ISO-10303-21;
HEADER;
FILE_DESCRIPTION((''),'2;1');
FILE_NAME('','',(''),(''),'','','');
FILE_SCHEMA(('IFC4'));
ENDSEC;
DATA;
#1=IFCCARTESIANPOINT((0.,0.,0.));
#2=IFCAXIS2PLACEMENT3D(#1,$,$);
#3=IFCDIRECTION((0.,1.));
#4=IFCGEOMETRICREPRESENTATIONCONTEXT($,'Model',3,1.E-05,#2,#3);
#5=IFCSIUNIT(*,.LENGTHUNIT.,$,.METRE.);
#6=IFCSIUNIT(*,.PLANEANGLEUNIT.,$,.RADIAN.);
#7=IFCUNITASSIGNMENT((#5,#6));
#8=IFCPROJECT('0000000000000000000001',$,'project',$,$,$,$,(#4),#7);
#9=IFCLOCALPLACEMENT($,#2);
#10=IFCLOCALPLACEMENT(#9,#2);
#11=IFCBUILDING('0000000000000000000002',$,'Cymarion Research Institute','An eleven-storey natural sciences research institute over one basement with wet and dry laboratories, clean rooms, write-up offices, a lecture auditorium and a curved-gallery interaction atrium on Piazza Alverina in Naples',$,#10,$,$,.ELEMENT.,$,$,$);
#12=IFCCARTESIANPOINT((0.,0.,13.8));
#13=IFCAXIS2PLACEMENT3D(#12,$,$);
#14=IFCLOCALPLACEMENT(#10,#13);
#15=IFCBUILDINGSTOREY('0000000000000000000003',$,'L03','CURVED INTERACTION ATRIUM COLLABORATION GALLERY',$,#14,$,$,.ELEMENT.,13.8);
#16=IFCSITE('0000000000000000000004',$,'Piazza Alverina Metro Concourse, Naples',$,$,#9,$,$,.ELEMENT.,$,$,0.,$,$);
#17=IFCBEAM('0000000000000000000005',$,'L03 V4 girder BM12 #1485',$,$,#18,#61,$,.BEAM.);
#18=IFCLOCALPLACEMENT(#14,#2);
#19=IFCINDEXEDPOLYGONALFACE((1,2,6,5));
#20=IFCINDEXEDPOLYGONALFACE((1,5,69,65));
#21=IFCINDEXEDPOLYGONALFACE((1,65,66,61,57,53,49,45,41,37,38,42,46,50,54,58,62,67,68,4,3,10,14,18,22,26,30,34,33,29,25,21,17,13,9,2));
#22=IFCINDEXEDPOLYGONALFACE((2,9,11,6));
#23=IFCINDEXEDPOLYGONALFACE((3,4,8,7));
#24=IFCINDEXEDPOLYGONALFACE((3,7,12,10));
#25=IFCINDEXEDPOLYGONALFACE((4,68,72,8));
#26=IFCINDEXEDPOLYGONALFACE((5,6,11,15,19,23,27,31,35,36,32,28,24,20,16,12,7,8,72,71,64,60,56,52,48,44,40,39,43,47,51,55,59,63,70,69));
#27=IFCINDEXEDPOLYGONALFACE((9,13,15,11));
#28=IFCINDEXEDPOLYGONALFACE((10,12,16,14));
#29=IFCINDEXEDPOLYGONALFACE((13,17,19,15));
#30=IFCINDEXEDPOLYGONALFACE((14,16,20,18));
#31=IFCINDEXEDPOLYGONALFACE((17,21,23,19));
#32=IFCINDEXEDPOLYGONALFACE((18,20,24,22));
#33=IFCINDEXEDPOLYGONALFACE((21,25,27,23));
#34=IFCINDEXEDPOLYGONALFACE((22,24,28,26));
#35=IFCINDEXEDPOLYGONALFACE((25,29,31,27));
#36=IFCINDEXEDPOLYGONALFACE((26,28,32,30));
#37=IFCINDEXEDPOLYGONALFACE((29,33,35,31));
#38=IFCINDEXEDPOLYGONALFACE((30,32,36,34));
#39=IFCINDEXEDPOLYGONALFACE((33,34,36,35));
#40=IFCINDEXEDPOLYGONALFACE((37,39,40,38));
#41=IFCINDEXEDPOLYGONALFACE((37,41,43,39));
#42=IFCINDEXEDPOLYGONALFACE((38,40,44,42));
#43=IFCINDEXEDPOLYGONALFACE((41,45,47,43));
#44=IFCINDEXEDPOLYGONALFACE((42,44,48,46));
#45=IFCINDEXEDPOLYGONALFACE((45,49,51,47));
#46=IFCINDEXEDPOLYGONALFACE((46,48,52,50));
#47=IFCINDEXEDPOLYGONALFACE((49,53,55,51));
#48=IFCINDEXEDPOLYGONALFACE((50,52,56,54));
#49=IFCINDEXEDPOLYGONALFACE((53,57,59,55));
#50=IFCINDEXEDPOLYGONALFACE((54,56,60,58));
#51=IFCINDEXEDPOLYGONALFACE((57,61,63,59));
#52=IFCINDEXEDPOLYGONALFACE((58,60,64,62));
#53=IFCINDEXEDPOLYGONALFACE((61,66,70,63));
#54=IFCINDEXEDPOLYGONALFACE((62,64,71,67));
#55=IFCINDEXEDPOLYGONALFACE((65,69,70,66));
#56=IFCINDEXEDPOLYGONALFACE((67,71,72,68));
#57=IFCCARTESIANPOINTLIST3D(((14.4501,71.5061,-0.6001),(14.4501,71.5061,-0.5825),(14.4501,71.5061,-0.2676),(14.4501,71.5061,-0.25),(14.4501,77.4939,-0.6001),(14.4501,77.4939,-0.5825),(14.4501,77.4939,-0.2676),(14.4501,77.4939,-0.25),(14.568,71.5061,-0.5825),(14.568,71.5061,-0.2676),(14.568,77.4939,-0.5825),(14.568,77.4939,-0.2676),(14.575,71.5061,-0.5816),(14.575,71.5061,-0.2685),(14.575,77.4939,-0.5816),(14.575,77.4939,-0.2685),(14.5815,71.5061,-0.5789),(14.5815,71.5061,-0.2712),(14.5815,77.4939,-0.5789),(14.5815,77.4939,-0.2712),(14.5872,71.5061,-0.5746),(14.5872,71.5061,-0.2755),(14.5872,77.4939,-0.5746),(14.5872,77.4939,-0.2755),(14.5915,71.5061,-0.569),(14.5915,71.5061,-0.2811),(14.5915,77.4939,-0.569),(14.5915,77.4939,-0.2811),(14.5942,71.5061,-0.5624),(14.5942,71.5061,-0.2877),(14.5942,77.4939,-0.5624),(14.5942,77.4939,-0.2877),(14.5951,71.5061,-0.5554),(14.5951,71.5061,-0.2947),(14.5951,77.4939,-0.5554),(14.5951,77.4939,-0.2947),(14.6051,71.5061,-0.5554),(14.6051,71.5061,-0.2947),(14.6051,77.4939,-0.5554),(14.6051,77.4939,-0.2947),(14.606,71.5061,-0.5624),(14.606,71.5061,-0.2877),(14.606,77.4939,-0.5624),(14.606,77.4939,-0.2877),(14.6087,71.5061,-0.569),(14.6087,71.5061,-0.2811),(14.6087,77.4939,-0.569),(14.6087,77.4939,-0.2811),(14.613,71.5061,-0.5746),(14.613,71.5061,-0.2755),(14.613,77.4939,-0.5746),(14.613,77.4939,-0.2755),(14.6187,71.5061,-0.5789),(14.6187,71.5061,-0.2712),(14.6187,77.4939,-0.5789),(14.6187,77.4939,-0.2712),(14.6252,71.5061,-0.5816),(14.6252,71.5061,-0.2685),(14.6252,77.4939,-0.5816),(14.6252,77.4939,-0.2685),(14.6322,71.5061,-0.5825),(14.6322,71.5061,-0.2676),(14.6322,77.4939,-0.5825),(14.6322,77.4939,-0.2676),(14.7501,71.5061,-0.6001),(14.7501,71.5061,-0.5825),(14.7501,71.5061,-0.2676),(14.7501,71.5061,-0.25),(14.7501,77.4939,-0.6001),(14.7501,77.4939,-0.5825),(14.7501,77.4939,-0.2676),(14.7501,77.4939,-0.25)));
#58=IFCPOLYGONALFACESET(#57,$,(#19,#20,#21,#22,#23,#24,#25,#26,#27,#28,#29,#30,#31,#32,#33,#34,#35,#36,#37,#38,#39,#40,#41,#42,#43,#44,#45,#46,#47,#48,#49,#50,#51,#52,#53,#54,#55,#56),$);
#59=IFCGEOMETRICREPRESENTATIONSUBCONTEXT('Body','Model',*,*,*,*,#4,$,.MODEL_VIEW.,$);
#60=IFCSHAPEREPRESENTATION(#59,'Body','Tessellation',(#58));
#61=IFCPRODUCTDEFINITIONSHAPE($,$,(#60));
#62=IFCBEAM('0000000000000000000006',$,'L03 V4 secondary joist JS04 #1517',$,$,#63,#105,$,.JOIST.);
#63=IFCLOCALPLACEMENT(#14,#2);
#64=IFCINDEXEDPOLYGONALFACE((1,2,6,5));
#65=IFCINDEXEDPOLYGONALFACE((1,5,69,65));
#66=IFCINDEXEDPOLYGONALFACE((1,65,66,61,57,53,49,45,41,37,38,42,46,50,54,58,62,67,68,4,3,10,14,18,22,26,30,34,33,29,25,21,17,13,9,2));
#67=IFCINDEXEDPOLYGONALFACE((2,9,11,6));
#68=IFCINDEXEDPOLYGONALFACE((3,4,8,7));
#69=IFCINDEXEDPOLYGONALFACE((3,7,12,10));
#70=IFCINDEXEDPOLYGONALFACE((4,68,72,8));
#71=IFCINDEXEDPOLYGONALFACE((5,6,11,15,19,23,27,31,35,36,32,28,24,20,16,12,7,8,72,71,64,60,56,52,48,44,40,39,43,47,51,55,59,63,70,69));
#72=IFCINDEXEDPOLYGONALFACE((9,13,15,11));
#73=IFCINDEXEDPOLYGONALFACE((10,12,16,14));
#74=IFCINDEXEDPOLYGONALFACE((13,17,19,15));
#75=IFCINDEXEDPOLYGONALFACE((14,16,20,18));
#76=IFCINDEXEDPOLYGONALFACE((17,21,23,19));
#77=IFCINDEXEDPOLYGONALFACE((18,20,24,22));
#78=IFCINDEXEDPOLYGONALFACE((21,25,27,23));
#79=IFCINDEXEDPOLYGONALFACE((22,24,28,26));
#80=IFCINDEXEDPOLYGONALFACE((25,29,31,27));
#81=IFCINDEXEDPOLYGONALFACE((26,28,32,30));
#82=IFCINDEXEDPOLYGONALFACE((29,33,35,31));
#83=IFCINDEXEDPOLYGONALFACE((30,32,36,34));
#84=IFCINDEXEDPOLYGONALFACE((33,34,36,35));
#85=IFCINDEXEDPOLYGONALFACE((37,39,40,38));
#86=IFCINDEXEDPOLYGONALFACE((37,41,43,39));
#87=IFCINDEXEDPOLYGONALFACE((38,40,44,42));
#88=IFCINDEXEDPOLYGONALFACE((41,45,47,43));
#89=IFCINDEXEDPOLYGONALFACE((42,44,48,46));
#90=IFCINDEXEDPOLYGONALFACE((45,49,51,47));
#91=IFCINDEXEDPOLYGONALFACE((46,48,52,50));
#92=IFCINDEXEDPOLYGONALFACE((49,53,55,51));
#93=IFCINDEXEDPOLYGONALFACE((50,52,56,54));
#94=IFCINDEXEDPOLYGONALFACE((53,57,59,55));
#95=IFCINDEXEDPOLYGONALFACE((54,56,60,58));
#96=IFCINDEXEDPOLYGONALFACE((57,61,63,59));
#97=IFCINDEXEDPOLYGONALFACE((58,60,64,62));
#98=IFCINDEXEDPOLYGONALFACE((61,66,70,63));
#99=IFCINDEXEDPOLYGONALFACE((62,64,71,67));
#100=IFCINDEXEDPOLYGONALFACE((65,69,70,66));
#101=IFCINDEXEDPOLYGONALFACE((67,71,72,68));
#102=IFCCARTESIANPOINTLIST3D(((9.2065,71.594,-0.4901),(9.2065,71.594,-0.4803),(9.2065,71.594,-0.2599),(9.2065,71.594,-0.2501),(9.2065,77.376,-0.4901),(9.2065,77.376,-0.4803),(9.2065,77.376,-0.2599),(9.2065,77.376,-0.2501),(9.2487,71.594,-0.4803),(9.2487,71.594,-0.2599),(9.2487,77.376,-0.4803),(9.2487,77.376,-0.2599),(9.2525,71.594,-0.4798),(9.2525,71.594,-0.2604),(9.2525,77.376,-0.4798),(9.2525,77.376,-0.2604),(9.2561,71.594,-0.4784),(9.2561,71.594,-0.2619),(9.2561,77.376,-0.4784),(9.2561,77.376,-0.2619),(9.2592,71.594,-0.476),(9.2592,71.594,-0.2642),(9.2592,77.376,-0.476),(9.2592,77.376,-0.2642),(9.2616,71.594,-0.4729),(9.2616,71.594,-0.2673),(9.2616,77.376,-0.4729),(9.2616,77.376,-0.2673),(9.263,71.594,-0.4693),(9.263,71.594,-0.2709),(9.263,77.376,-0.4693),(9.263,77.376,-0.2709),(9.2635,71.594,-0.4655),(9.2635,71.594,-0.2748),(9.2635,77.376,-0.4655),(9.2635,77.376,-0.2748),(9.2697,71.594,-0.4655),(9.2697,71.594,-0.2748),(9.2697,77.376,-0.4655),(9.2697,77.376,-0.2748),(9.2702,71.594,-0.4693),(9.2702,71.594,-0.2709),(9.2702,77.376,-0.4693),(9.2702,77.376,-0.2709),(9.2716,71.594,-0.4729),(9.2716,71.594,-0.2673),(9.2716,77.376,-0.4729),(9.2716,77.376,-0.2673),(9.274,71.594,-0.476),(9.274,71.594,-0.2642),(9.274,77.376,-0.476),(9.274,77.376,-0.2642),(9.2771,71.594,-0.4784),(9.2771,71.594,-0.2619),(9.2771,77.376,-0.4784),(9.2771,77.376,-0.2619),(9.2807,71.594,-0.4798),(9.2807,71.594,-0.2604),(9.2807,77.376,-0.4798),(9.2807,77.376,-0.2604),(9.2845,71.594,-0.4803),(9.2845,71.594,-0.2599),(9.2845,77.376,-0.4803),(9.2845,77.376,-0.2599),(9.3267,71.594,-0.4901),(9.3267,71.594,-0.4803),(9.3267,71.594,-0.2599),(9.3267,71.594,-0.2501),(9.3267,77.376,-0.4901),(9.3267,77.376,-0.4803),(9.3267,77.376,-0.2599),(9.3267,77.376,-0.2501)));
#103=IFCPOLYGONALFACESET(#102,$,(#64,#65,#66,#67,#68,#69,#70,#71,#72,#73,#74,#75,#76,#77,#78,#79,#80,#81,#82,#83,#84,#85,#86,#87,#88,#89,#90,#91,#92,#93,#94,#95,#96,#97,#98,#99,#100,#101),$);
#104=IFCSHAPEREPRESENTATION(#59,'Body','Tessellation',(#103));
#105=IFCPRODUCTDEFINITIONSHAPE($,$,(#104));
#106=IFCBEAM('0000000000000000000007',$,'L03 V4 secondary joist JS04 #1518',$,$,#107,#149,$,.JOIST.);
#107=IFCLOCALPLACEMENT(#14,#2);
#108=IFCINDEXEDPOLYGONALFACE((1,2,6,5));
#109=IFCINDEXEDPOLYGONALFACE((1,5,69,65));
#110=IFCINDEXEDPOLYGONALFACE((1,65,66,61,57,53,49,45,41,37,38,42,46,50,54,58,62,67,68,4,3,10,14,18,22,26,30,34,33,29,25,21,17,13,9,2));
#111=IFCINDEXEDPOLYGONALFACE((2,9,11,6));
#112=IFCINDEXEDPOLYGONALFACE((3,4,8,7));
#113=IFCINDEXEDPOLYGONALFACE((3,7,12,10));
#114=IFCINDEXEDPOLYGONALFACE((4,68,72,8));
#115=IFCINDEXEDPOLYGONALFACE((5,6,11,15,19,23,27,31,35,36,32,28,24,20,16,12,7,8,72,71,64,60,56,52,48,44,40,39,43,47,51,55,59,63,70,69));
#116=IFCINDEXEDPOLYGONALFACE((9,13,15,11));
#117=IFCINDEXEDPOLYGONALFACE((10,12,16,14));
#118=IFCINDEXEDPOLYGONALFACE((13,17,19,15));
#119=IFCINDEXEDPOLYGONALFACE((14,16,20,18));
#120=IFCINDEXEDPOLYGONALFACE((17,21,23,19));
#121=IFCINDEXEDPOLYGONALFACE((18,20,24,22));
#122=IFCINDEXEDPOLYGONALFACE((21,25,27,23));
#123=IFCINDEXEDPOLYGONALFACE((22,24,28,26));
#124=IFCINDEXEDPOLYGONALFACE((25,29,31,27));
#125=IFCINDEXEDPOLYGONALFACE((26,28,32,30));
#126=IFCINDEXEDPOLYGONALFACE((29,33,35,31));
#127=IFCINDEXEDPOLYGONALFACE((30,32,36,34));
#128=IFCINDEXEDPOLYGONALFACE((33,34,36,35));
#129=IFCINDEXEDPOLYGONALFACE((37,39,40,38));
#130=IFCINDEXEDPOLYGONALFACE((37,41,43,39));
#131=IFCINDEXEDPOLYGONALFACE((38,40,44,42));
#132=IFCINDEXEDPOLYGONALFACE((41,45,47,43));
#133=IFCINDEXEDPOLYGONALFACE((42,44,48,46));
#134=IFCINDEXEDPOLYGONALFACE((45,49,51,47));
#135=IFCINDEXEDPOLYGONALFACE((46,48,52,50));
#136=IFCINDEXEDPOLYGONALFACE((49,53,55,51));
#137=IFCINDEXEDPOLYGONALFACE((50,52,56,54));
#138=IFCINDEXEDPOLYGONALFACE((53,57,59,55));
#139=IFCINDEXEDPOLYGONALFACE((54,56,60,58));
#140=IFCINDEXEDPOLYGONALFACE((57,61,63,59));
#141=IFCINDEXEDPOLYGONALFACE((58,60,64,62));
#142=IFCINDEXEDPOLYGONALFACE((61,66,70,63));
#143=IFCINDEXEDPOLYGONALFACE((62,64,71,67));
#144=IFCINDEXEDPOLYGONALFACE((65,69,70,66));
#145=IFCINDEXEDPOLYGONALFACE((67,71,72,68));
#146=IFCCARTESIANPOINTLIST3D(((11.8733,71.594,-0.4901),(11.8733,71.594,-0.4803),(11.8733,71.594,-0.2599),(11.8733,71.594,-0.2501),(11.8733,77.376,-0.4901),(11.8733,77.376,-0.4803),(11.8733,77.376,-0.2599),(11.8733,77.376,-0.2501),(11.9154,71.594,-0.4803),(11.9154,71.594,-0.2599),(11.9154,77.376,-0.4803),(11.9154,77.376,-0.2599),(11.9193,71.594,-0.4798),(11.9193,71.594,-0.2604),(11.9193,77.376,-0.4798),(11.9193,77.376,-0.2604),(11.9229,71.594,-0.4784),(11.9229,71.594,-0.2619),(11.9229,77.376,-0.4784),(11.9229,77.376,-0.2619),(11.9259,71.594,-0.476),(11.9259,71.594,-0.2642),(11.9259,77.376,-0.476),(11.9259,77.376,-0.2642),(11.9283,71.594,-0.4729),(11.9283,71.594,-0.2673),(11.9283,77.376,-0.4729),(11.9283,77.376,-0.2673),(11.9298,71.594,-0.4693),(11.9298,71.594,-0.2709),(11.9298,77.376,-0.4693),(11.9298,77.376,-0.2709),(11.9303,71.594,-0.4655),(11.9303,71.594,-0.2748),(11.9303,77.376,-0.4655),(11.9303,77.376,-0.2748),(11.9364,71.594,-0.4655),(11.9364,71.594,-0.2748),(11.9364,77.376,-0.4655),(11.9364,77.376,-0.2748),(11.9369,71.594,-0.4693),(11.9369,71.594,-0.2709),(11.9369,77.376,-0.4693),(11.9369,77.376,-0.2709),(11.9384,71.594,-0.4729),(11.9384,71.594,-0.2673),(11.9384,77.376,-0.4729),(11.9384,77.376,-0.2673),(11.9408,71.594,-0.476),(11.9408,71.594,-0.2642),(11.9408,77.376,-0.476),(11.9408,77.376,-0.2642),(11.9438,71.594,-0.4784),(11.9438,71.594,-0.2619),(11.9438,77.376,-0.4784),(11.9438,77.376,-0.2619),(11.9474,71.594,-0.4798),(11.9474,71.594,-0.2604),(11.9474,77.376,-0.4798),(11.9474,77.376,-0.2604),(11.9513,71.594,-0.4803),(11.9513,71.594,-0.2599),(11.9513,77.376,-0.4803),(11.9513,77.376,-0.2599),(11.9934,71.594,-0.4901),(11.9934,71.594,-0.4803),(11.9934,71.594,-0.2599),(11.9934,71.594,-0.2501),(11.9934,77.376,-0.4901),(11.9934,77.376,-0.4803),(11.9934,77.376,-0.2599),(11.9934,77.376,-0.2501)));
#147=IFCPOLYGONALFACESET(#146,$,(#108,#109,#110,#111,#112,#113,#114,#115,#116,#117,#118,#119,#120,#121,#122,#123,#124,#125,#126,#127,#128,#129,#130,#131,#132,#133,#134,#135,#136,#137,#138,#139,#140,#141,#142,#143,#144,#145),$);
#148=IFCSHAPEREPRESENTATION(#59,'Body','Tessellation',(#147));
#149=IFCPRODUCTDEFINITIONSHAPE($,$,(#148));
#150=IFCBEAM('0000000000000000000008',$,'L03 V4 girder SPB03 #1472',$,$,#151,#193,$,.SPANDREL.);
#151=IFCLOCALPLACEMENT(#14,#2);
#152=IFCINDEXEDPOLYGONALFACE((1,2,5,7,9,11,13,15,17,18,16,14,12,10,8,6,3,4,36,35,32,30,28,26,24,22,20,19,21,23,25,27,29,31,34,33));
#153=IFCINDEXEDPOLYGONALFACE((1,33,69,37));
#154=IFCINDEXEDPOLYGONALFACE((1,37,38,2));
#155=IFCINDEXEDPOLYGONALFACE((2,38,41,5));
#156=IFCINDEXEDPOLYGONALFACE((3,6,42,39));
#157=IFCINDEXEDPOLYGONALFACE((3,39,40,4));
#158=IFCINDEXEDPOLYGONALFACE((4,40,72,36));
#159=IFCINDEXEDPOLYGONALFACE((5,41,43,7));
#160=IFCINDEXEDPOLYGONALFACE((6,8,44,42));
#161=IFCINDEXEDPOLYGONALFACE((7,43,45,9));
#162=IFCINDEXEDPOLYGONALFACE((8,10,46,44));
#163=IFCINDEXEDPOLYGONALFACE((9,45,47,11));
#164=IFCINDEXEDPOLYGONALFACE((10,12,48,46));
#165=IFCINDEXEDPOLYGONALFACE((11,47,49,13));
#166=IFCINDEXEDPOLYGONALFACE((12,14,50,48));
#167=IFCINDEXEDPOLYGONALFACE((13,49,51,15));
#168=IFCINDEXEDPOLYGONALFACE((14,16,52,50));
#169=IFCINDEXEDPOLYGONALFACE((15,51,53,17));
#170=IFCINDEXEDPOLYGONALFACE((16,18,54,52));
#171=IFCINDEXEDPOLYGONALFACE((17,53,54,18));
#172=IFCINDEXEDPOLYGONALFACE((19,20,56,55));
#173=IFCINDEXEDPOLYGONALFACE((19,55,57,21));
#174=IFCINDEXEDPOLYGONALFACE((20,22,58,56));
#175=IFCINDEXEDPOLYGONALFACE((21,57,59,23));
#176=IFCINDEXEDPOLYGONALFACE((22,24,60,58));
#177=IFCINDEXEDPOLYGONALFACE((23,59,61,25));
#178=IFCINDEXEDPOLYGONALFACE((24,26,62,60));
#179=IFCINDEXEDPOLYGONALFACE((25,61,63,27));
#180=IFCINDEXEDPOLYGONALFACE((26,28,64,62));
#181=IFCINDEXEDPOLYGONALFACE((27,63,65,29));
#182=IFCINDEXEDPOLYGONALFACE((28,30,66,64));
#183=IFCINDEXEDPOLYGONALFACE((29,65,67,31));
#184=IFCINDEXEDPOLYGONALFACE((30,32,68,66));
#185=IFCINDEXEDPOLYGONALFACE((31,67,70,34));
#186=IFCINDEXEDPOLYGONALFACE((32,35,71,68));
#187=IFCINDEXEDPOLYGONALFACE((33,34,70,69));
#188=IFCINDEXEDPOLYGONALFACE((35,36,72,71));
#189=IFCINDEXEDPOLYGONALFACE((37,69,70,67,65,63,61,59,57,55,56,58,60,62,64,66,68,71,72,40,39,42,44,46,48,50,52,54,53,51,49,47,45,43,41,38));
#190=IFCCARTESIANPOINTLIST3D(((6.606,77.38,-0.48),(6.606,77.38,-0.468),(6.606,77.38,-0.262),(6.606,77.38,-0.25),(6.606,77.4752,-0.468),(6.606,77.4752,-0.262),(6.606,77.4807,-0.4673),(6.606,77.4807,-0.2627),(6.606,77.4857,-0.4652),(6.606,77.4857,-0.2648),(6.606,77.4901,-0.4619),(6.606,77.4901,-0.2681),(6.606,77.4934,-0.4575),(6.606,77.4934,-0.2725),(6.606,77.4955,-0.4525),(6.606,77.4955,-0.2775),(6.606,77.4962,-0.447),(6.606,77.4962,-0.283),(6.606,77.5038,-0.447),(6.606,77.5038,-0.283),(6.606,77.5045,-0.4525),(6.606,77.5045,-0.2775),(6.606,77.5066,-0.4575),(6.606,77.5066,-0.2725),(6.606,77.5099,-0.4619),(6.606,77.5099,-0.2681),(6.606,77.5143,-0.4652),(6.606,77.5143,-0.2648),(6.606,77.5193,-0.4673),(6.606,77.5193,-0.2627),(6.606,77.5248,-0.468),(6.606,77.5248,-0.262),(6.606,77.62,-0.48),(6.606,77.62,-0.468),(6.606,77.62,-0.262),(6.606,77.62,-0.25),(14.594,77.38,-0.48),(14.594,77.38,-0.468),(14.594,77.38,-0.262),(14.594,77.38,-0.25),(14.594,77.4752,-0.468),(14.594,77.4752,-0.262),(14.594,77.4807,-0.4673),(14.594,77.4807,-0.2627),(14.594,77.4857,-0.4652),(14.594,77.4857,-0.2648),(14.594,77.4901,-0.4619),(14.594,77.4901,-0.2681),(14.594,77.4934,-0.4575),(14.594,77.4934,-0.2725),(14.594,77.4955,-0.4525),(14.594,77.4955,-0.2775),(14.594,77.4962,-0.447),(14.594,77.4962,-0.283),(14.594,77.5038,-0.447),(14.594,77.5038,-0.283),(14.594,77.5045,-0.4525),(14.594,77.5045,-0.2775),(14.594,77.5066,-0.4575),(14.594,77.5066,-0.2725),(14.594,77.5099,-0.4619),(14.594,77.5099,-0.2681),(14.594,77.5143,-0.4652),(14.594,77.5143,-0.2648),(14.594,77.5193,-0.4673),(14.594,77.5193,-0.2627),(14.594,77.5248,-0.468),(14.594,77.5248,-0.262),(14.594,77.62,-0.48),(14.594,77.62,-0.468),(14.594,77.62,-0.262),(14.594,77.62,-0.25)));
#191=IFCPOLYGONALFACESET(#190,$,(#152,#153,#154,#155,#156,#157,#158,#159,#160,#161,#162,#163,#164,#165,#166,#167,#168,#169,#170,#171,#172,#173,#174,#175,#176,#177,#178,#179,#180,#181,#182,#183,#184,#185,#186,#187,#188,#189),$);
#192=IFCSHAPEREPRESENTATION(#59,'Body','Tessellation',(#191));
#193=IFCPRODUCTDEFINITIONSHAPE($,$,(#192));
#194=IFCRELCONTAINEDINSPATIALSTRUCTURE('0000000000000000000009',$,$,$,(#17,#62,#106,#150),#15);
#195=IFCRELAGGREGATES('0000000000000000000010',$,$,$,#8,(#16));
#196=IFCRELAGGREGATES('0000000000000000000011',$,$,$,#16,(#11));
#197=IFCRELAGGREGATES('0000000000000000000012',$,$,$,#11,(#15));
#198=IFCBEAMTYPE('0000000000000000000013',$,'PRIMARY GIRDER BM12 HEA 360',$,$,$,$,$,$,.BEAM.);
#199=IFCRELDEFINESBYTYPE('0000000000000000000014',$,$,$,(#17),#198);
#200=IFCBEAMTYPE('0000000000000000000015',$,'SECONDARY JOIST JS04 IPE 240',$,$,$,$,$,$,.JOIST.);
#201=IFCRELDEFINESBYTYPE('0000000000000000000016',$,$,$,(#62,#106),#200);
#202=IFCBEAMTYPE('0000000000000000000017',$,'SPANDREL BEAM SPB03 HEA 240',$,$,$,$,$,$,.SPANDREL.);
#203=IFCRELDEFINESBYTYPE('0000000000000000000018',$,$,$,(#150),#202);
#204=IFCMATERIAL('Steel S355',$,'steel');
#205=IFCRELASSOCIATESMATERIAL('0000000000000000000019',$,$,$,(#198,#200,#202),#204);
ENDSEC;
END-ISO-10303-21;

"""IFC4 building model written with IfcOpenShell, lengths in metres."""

from ifc_helpers import new_model, si_unit, direction, frame, origin, origin_2d, place, context, subcontext, project, spatial, i_section, extrude, material, material_profile, profile_set, type_object, element, save


model = new_model("IFC4")

# Units and contexts
model_context = context("Model", 3, precision=1e-05, world=origin(), true_north=direction((0.0, 1.0)))
body_context = subcontext(model_context, "Body", "Model", "MODEL_VIEW")
ifc_project = project(units=[si_unit("LENGTHUNIT", "METRE"), si_unit("PLANEANGLEUNIT", "RADIAN")], contexts=[model_context])

# Site, building, storey
site_placement = place(None, origin())
site = spatial("IfcSite", under=ifc_project, at=site_placement, Name="Piazza Alverina Metro Concourse, Naples", CompositionType="ELEMENT", RefElevation=0.0)
building_placement = place(site_placement, origin())
building = spatial("IfcBuilding", under=site, at=building_placement, Name="Cymarion Research Institute", Description="An eleven-storey natural sciences research institute over one basement with wet and dry laboratories, clean rooms, write-up offices, a lecture auditorium and a curved-gallery interaction atrium on Piazza Alverina in Naples", CompositionType="ELEMENT")
storey_placement = place(building_placement, frame((0.0, 0.0, 13.8)))
storey = spatial("IfcBuildingStorey", under=building, at=storey_placement, Name="L03", Description="CURVED INTERACTION ATRIUM COLLABORATION GALLERY", CompositionType="ELEMENT", Elevation=13.8)

# Shared definitions
ifc_material_1 = material(Name="Steel S355", Category="steel")

# Beams
ifc_material_profile_1 = material_profile(ifc_material_1, i_section(OverallWidth=0.3, OverallDepth=0.3501, WebThickness=0.01, FlangeThickness=0.0176, FilletRadius=0.0271, at=origin_2d()), Name="HEA 360")
ifc_profile_set_1 = profile_set([ifc_material_profile_1], Name="Steel S355")
beam_type_1 = type_object("IfcBeamType", Name="PRIMARY GIRDER BM12 HEA 360", PredefinedType="BEAM", material=ifc_profile_set_1)
beam_1_placement = place(storey_placement, frame((14.6001, 71.5061, -0.425), z_axis=(0.0, 1.0, 0.0), x_axis=(-1.0, 0.0, 0.0)))
element("IfcBeam", 1, at=beam_1_placement, inside=storey, type_object=beam_type_1, Name="L03 V4 girder BM12 #1485", PredefinedType="BEAM", context=body_context, shape_type="SweptSolid", body=[
    extrude(i_section(OverallWidth=0.3, OverallDepth=0.3501, WebThickness=0.01, FlangeThickness=0.0176, FilletRadius=0.0271, at=origin_2d()), origin(), (0.0, 0.0, 1.0), 5.9878),
])
ifc_material_profile_2 = material_profile(ifc_material_1, i_section(OverallWidth=0.1201, OverallDepth=0.24, WebThickness=0.0061, FlangeThickness=0.0098, FilletRadius=0.0149, at=origin_2d()), Name="IPE 240")
ifc_profile_set_2 = profile_set([ifc_material_profile_2], Name="Steel S355")
beam_type_2 = type_object("IfcBeamType", Name="SECONDARY JOIST JS04 IPE 240", PredefinedType="JOIST", material=ifc_profile_set_2)
for number, where, z_axis, x_axis, name in (
    (2, (9.2666, 71.594, -0.3701), (0.0, 1.0, 0.0), (-1.0, 0.0, 0.0), "L03 V4 secondary joist JS04 #1517"),
    (3, (11.9333, 71.594, -0.3701), (0.0, 1.0, 0.0), (-1.0, 0.0, 0.0), "L03 V4 secondary joist JS04 #1518"),
):
    element("IfcBeam", number, at=place(storey_placement, frame(where, z_axis=z_axis, x_axis=x_axis)), inside=storey, type_object=beam_type_2, Name=name, PredefinedType="JOIST", context=body_context, shape_type="SweptSolid", body=[
        extrude(i_section(OverallWidth=0.1201, OverallDepth=0.24, WebThickness=0.0061, FlangeThickness=0.0098, FilletRadius=0.0149, at=origin_2d()), origin(), (0.0, 0.0, 1.0), 5.782),
    ])
ifc_material_profile_3 = material_profile(ifc_material_1, i_section(OverallWidth=0.24, OverallDepth=0.23, WebThickness=0.0076, FlangeThickness=0.012, FilletRadius=0.021, at=origin_2d()), Name="HEA 240")
ifc_profile_set_3 = profile_set([ifc_material_profile_3], Name="Steel S355")
beam_type_3 = type_object("IfcBeamType", Name="SPANDREL BEAM SPB03 HEA 240", PredefinedType="SPANDREL", material=ifc_profile_set_3)
beam_2_placement = place(storey_placement, frame((6.606, 77.5, -0.365), z_axis=(1.0, 0.0, 0.0), x_axis=(0.0, 1.0, 0.0)))
element("IfcBeam", 4, at=beam_2_placement, inside=storey, type_object=beam_type_3, Name="L03 V4 girder SPB03 #1472", PredefinedType="SPANDREL", context=body_context, shape_type="SweptSolid", body=[
    extrude(i_section(OverallWidth=0.24, OverallDepth=0.23, WebThickness=0.0076, FlangeThickness=0.012, FilletRadius=0.021, at=origin_2d()), origin(), (0.0, 0.0, 1.0), 7.988),
])

save(model, "model.ifc")
